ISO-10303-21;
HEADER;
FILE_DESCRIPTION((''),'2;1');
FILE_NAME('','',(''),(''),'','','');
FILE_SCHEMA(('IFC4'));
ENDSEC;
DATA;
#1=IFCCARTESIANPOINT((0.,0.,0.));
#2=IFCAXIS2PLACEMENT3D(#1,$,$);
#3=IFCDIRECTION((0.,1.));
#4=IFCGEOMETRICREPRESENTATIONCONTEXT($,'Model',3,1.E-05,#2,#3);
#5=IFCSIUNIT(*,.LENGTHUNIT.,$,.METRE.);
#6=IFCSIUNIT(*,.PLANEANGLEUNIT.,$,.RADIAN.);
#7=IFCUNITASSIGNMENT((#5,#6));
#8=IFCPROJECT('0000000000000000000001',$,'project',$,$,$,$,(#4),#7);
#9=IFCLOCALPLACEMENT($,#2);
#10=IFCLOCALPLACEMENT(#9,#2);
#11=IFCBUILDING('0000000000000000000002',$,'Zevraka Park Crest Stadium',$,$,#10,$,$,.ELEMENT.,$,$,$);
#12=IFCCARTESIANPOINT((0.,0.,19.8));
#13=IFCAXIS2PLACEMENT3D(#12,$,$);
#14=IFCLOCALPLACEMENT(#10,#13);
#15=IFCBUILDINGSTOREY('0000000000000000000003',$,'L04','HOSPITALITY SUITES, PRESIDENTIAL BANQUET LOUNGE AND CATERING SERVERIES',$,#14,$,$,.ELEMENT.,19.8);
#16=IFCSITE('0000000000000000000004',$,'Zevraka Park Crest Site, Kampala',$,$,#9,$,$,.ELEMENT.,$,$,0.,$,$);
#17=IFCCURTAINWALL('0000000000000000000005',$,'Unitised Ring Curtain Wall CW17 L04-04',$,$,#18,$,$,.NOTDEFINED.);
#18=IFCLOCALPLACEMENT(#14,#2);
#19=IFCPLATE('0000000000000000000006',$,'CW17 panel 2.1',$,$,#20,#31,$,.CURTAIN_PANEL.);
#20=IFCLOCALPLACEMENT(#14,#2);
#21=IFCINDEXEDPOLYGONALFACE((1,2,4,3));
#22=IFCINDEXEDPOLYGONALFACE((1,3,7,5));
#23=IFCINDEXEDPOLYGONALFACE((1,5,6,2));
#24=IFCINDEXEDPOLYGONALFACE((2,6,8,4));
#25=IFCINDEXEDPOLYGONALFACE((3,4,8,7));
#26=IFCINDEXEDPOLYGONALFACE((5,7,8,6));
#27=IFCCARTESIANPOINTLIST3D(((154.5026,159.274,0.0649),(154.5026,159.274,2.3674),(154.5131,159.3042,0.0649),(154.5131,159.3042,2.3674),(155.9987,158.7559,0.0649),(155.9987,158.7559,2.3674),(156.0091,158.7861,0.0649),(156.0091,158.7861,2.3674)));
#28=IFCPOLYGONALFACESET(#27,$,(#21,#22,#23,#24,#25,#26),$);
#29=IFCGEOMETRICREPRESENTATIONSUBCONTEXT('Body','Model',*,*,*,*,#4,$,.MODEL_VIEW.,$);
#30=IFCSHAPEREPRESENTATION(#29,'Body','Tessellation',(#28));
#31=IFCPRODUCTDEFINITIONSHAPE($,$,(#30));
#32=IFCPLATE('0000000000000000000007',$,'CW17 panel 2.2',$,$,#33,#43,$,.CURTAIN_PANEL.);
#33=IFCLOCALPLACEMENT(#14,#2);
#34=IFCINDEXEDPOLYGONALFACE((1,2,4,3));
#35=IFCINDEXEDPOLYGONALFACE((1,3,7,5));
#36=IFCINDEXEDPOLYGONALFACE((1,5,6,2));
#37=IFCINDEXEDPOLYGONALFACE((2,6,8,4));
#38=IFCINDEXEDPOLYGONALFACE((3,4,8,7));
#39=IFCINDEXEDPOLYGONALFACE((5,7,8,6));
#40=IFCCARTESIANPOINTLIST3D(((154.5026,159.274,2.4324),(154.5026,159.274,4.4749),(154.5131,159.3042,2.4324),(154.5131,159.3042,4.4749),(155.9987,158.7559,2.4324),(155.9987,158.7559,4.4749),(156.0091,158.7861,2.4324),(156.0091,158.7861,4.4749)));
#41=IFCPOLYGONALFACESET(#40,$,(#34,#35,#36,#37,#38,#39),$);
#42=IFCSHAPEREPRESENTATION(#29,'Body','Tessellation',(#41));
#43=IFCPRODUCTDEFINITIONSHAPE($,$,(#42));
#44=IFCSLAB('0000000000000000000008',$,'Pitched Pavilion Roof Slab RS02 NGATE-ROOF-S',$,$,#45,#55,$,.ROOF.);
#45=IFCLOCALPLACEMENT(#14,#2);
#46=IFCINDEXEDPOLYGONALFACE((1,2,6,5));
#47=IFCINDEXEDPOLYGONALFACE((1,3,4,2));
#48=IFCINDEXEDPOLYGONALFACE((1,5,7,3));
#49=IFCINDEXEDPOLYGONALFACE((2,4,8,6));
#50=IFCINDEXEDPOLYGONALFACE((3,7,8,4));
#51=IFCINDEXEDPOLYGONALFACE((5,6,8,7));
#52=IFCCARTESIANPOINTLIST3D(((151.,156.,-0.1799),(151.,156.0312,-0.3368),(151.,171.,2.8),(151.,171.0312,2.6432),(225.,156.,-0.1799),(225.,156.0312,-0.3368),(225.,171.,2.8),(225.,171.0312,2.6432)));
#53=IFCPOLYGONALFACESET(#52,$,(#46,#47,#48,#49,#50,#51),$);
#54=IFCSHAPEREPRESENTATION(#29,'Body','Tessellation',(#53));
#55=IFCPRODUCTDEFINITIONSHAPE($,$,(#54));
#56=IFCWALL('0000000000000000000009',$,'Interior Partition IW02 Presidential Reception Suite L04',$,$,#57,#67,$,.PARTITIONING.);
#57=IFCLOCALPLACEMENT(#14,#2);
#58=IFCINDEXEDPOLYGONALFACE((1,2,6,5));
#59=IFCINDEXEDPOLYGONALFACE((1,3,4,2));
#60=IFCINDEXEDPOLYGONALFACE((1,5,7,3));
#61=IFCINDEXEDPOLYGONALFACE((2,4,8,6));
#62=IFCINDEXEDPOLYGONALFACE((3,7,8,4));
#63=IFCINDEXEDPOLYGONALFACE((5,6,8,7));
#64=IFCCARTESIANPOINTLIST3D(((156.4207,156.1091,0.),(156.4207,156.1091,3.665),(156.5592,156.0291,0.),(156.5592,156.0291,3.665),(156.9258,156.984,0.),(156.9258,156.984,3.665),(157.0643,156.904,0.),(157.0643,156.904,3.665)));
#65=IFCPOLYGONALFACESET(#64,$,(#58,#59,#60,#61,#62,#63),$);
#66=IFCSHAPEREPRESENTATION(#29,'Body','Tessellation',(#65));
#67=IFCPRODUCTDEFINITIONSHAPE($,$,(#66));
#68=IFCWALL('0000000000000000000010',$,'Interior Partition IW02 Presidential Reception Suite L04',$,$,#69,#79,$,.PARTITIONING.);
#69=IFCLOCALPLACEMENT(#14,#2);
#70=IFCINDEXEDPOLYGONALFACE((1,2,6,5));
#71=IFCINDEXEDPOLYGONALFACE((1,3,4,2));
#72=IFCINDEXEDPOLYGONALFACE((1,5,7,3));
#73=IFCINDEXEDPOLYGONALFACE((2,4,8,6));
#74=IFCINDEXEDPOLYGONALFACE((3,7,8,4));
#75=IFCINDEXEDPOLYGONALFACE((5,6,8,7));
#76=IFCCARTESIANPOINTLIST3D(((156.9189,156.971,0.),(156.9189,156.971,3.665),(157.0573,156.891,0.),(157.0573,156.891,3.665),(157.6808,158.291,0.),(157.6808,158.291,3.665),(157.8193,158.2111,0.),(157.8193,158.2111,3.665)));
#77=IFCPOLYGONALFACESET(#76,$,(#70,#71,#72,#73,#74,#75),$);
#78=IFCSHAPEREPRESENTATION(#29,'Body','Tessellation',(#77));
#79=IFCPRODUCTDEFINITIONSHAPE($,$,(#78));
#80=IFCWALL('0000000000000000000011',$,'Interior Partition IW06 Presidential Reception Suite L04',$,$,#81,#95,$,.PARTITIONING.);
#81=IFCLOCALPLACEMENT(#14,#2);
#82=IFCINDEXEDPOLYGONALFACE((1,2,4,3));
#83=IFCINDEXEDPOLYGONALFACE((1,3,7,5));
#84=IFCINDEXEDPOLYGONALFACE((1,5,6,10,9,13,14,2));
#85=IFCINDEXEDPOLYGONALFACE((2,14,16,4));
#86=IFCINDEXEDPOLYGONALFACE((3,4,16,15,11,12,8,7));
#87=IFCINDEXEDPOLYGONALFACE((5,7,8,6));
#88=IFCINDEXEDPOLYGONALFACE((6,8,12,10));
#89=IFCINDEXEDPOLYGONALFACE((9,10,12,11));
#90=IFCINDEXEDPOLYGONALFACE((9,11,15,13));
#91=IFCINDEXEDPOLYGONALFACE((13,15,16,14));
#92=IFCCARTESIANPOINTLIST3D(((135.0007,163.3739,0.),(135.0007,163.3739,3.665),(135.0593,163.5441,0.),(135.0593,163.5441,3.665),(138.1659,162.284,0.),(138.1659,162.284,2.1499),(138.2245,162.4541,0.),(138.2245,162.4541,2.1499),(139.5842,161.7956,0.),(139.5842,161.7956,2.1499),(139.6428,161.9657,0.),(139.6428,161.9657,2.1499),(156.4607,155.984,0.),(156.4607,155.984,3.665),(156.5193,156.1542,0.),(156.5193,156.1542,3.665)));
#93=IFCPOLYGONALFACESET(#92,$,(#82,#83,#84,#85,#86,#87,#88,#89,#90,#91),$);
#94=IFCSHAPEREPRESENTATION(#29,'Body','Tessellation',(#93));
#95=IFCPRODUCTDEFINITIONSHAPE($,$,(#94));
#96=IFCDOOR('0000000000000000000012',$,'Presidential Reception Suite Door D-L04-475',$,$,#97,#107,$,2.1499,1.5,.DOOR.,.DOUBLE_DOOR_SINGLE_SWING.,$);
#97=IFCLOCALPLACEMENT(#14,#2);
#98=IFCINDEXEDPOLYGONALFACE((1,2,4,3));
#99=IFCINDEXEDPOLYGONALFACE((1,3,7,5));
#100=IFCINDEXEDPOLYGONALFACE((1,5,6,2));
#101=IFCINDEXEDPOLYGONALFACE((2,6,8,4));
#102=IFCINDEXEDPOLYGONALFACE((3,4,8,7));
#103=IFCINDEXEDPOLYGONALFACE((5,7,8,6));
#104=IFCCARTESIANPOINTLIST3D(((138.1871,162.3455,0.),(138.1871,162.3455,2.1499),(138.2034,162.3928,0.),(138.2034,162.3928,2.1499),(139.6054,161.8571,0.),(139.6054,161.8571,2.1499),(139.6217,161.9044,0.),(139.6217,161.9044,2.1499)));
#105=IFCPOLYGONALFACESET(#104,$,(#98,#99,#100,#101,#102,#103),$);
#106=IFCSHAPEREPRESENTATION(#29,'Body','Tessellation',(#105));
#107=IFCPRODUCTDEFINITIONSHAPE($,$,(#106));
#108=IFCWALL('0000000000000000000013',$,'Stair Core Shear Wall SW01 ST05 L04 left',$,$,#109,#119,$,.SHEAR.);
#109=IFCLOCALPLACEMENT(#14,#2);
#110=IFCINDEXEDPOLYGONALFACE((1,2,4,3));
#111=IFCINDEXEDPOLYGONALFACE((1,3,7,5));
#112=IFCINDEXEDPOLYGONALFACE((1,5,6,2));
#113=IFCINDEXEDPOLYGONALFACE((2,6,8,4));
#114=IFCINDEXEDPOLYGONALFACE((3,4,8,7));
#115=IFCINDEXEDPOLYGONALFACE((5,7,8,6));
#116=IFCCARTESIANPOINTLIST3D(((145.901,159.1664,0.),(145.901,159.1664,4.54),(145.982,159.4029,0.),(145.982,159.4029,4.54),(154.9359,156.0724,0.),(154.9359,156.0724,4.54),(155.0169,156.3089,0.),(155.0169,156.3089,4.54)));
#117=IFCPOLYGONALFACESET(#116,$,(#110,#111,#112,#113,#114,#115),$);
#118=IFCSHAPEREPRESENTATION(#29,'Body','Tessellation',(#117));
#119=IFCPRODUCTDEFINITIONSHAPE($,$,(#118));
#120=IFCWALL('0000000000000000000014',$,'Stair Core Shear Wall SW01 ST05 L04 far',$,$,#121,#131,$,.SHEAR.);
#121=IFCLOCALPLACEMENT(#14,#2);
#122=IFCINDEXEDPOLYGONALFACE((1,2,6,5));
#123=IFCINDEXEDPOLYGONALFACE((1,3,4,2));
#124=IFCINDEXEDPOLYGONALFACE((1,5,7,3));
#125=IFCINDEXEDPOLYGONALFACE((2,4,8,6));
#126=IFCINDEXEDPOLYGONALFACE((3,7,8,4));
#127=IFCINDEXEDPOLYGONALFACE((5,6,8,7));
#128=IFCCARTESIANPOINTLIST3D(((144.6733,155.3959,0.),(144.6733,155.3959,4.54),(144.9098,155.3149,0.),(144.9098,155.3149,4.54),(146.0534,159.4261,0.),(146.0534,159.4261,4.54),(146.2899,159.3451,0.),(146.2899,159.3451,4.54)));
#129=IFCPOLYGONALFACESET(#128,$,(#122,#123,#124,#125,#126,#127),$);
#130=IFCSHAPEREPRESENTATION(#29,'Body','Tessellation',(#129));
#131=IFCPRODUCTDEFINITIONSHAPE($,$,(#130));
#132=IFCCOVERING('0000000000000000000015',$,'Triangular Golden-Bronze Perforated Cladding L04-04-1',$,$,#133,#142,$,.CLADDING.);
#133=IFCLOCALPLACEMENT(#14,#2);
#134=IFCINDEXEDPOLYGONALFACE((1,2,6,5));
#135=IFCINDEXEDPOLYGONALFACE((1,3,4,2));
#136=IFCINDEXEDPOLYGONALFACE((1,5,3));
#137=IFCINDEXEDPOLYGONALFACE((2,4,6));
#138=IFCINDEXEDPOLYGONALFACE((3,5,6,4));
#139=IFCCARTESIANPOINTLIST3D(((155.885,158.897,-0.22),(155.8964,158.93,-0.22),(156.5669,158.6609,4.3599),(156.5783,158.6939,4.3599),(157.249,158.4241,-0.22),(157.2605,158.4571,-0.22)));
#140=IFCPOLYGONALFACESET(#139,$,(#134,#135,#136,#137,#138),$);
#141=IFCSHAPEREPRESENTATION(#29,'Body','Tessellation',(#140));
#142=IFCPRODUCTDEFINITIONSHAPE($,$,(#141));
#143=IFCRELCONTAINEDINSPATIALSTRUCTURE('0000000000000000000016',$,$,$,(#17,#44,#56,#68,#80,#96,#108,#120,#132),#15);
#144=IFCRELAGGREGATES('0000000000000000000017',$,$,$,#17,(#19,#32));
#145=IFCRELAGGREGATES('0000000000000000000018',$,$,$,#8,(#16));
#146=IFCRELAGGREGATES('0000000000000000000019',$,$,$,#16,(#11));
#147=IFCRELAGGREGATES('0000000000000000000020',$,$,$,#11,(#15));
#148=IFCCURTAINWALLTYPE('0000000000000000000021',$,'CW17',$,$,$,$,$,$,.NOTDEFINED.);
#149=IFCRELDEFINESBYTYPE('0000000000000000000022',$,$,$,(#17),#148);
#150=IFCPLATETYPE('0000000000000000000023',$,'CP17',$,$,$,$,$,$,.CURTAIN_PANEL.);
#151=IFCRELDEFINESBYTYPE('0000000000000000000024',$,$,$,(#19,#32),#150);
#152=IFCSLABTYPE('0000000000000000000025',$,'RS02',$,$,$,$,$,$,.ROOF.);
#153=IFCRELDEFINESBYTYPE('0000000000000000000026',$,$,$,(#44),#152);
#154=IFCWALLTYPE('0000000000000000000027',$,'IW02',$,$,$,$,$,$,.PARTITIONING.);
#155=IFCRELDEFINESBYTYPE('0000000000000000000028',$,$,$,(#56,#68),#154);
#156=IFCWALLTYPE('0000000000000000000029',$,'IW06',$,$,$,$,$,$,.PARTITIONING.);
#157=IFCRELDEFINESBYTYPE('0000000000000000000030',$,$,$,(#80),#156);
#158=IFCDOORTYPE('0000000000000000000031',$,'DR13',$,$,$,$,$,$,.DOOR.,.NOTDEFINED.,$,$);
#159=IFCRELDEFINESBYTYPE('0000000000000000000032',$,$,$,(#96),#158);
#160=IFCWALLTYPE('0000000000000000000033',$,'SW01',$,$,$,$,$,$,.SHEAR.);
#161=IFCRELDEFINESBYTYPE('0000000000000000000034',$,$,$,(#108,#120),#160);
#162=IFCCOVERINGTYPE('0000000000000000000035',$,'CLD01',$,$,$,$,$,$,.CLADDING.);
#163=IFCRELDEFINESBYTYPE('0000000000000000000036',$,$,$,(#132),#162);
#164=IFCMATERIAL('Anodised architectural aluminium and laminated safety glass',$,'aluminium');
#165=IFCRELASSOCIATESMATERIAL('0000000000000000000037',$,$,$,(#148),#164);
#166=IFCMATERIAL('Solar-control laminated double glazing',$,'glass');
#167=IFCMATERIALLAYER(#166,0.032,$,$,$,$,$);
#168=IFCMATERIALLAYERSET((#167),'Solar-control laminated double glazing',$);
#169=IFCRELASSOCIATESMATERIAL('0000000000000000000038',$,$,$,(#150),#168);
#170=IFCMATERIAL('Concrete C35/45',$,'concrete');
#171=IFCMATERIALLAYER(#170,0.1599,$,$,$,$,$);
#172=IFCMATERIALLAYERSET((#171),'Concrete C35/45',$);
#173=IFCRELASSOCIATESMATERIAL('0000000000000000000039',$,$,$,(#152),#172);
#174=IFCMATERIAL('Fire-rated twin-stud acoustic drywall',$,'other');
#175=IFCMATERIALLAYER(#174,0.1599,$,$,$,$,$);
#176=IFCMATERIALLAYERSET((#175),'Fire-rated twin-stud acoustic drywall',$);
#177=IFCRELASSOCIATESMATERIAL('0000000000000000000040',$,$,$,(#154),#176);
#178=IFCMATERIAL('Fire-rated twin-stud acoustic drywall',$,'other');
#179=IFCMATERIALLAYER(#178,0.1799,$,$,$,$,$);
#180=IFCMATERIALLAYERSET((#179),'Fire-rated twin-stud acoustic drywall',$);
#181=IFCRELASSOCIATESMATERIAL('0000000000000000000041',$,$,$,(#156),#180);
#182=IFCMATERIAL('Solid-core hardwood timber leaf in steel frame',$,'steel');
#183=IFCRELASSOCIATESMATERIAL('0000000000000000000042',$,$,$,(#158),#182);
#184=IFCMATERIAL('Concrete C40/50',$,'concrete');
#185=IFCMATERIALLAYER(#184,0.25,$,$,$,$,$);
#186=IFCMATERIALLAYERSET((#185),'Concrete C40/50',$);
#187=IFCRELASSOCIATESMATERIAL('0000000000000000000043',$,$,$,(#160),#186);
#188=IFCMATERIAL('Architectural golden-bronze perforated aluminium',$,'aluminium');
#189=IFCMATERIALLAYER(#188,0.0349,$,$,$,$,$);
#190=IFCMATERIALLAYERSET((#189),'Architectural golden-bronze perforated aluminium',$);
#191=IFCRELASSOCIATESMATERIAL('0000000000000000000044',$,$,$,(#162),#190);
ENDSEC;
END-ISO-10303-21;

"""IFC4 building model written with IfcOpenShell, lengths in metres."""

from ifc_helpers import new_model, si_unit, direction, frame, frame_2d, origin, origin_2d, place, context, subcontext, project, spatial, polyline, rectangle, outline, extrude, material, layer, layer_set, type_object, element, fill, aggregate, save


model = new_model("IFC4")

# Units and contexts
model_context = context("Model", 3, precision=1e-05, world=origin(), true_north=direction((0.0, 1.0)))
body_context = subcontext(model_context, "Body", "Model", "MODEL_VIEW")
ifc_project = project(units=[si_unit("LENGTHUNIT", "METRE"), si_unit("PLANEANGLEUNIT", "RADIAN")], contexts=[model_context])

# Site, building, storey
site_placement = place(None, origin())
site = spatial("IfcSite", under=ifc_project, at=site_placement, Name="Zevraka Park Crest Site, Kampala", CompositionType="ELEMENT", RefElevation=0.0)
building_placement = place(site_placement, origin())
building = spatial("IfcBuilding", under=site, at=building_placement, Name="Zevraka Park Crest Stadium", CompositionType="ELEMENT")
storey_placement = place(building_placement, frame((0.0, 0.0, 19.8)))
storey = spatial("IfcBuildingStorey", under=building, at=storey_placement, Name="L04", Description="HOSPITALITY SUITES, PRESIDENTIAL BANQUET LOUNGE AND CATERING SERVERIES", CompositionType="ELEMENT", Elevation=19.8)

# Curtain wall
ifc_material_1 = material(Name="Anodised architectural aluminium and laminated safety glass", Category="aluminium")
curtain_wall_type = type_object("IfcCurtainWallType", Name="CW17", PredefinedType="NOTDEFINED", material=ifc_material_1)
curtain_wall_placement = place(storey_placement, origin())
curtain_wall = element("IfcCurtainWall", 1, at=curtain_wall_placement, inside=storey, type_object=curtain_wall_type, Name="Unitised Ring Curtain Wall CW17 L04-04", PredefinedType="NOTDEFINED")

# Plates
ifc_material_2 = material(Name="Solar-control laminated double glazing", Category="glass")
ifc_layer_1 = layer(ifc_material_2, 0.032)
ifc_layer_set_1 = layer_set([ifc_layer_1], Name="Solar-control laminated double glazing")
plate_type = type_object("IfcPlateType", Name="CP17", PredefinedType="CURTAIN_PANEL", material=ifc_layer_set_1)
plate_1_placement = place(storey_placement, frame((155.2559, 159.03, 0.0649), z_axis=(0.0, 0.0, 1.0), x_axis=(-0.94494, 0.327245, 0.0)))
plate_1 = element("IfcPlate", 2, at=plate_1_placement, type_object=plate_type, Name="CW17 panel 2.1", PredefinedType="CURTAIN_PANEL", context=body_context, shape_type="SweptSolid", body=[
    extrude(rectangle(XDim=1.5833, YDim=0.032, at=origin_2d()), origin(), (0.0, 0.0, 1.0), 2.3025),
])
plate_2_placement = place(storey_placement, frame((155.2559, 159.03, 2.4324), z_axis=(0.0, 0.0, 1.0), x_axis=(-0.94494, 0.327245, 0.0)))
plate_2 = element("IfcPlate", 3, at=plate_2_placement, type_object=plate_type, Name="CW17 panel 2.2", PredefinedType="CURTAIN_PANEL", context=body_context, shape_type="SweptSolid", body=[
    extrude(rectangle(XDim=1.5833, YDim=0.032, at=origin_2d()), origin(), (0.0, 0.0, 1.0), 2.0425),
])
aggregate(curtain_wall, [plate_1, plate_2])

# Slab
ifc_material_3 = material(Name="Concrete C35/45", Category="concrete")
ifc_layer_2 = layer(ifc_material_3, 0.1599)
ifc_layer_set_2 = layer_set([ifc_layer_2], Name="Concrete C35/45")
slab_type = type_object("IfcSlabType", Name="RS02", PredefinedType="ROOF", material=ifc_layer_set_2)
slab_placement = place(storey_placement, frame((151.0, 156.0, -0.1799), z_axis=(0.0, -0.194857, 0.980832), x_axis=(1.0, 0.0, 0.0)))
element("IfcSlab", 4, at=slab_placement, inside=storey, type_object=slab_type, Name="Pitched Pavilion Roof Slab RS02 NGATE-ROOF-S", PredefinedType="ROOF", context=body_context, shape_type="SweptSolid", body=[
    extrude(outline(polyline([(0.0, 0.0), (74.0, 0.0), (74.0, 15.2931), (0.0, 15.2931), (0.0, 0.0)])), origin(), (0.0, 0.0, -1.0), 0.1599),
])

# Walls
ifc_material_4 = material(Name="Fire-rated twin-stud acoustic drywall", Category="other")
ifc_layer_3 = layer(ifc_material_4, 0.1599)
ifc_layer_set_3 = layer_set([ifc_layer_3], Name="Fire-rated twin-stud acoustic drywall")
wall_type_1 = type_object("IfcWallType", Name="IW02", PredefinedType="PARTITIONING", material=ifc_layer_set_3)
wall_1_placement = place(storey_placement, frame((156.49, 156.0691, 0.0), z_axis=(0.0, 0.0, 1.0), x_axis=(0.49996, 0.866049, 0.0)))
element("IfcWall", 5, at=wall_1_placement, inside=storey, type_object=wall_type_1, Name="Interior Partition IW02 Presidential Reception Suite L04", PredefinedType="PARTITIONING", context=body_context, shape_type="SweptSolid", body=[
    extrude(rectangle(XDim=1.0103, YDim=0.1599, at=frame_2d((0.5051, 0.0))), origin(), (0.0, 0.0, 1.0), 3.665),
])
wall_2_placement = place(storey_placement, frame((156.988, 156.9309, 0.0), z_axis=(0.0, 0.0, 1.0), x_axis=(0.499912, 0.866076, 0.0)))
element("IfcWall", 6, at=wall_2_placement, inside=storey, type_object=wall_type_1, Name="Interior Partition IW02 Presidential Reception Suite L04", PredefinedType="PARTITIONING", context=body_context, shape_type="SweptSolid", body=[
    extrude(rectangle(XDim=1.5242, YDim=0.1599, at=frame_2d((0.7622, 0.0))), origin(), (0.0, 0.0, 1.0), 3.665),
])

# Wall, opening, door
ifc_material_5 = material(Name="Fire-rated twin-stud acoustic drywall", Category="other")
ifc_layer_4 = layer(ifc_material_5, 0.1799)
ifc_layer_set_4 = layer_set([ifc_layer_4], Name="Fire-rated twin-stud acoustic drywall")
wall_type_2 = type_object("IfcWallType", Name="IW06", PredefinedType="PARTITIONING", material=ifc_layer_set_4)
wall_3_placement = place(storey_placement, frame((156.49, 156.0691, 0.0), z_axis=(0.0, 0.0, 1.0), x_axis=(-0.94551, 0.325593, 0.0)))
wall_3 = element("IfcWall", 7, at=wall_3_placement, inside=storey, type_object=wall_type_2, Name="Interior Partition IW06 Presidential Reception Suite L04", PredefinedType="PARTITIONING", context=body_context, shape_type="SweptSolid", body=[
    extrude(rectangle(XDim=22.6968, YDim=0.1799, at=frame_2d((11.3484, 0.0))), origin(), (0.0, 0.0, 1.0), 3.665),
])
opening_placement = place(wall_3_placement, frame((17.8491, 0.0, 0.0)))
opening = element("IfcOpeningElement", 8, at=opening_placement, cuts=wall_3, PredefinedType="OPENING", context=body_context, shape_type="SweptSolid", body=[
    extrude(rectangle(XDim=1.5, YDim=2.1499, at=frame_2d((0.75, 1.075))), frame((0.0, 0.0999, 0.0), z_axis=(0.0, -1.0, 0.0), x_axis=(1.0, 0.0, 0.0)), (0.0, 0.0, 1.0), 0.2),
])
ifc_material_6 = material(Name="Solid-core hardwood timber leaf in steel frame", Category="steel")
door_type = type_object("IfcDoorType", Name="DR13", OperationType="NOTDEFINED", PredefinedType="DOOR", material=ifc_material_6)
door_placement = place(opening_placement, origin())
door = element("IfcDoor", 9, at=door_placement, inside=storey, type_object=door_type, Name="Presidential Reception Suite Door D-L04-475", OperationType="DOUBLE_DOOR_SINGLE_SWING", OverallHeight=2.1499, OverallWidth=1.5, PredefinedType="DOOR", context=body_context, shape_type="SweptSolid", body=[
    extrude(rectangle(XDim=1.5, YDim=2.1499, at=frame_2d((0.75, 1.075))), frame((0.0, 0.0249, 0.0), z_axis=(0.0, -1.0, 0.0), x_axis=(1.0, 0.0, 0.0)), (0.0, 0.0, 1.0), 0.05),
])
fill(opening, door)

# Walls
ifc_material_7 = material(Name="Concrete C40/50", Category="concrete")
ifc_layer_5 = layer(ifc_material_7, 0.25)
ifc_layer_set_5 = layer_set([ifc_layer_5], Name="Concrete C40/50")
wall_type_3 = type_object("IfcWallType", Name="SW01", PredefinedType="SHEAR", material=ifc_layer_set_5)
wall_4_placement = place(storey_placement, frame((154.9763, 156.1907, 0.0), z_axis=(0.0, 0.0, 1.0), x_axis=(-0.946064, 0.323979, 0.0)))
element("IfcWall", 10, at=wall_4_placement, inside=storey, type_object=wall_type_3, Name="Stair Core Shear Wall SW01 ST05 L04 left", PredefinedType="SHEAR", context=body_context, shape_type="SweptSolid", body=[
    extrude(rectangle(XDim=9.55, YDim=0.25, at=frame_2d((4.7749, 0.0))), origin(), (0.0, 0.0, 1.0), 4.54),
])
wall_5_placement = place(storey_placement, frame((146.1716, 159.3855, 0.0), z_axis=(0.0, 0.0, 1.0), x_axis=(-0.323971, -0.946067, 0.0)))
element("IfcWall", 11, at=wall_5_placement, inside=storey, type_object=wall_type_3, Name="Stair Core Shear Wall SW01 ST05 L04 far", PredefinedType="SHEAR", context=body_context, shape_type="SweptSolid", body=[
    extrude(rectangle(XDim=4.26, YDim=0.25, at=frame_2d((2.1299, 0.0))), origin(), (0.0, 0.0, 1.0), 4.54),
])

# Covering
ifc_material_8 = material(Name="Architectural golden-bronze perforated aluminium", Category="aluminium")
ifc_layer_6 = layer(ifc_material_8, 0.0349)
ifc_layer_set_6 = layer_set([ifc_layer_6], Name="Architectural golden-bronze perforated aluminium")
covering_type_1 = type_object("IfcCoveringType", Name="CLD01", PredefinedType="CLADDING", material=ifc_layer_set_6)
covering_1_placement = place(storey_placement, frame((157.249, 158.4241, -0.22), z_axis=(-0.327569, -0.944827, 0.000067), x_axis=(-0.944827, 0.327569, 0.0)))
element("IfcCovering", 12, at=covering_1_placement, inside=storey, type_object=covering_type_1, Name="Triangular Golden-Bronze Perforated Cladding L04-04-1", PredefinedType="CLADDING", context=body_context, shape_type="SweptSolid", body=[
    extrude(outline(polyline([(0.0, 0.0), (1.4437, 0.0), (0.7221, -4.5798), (0.0, 0.0)])), origin(), (0.0, 0.0, -1.0), 0.0349),
])

save(model, "model.ifc")
